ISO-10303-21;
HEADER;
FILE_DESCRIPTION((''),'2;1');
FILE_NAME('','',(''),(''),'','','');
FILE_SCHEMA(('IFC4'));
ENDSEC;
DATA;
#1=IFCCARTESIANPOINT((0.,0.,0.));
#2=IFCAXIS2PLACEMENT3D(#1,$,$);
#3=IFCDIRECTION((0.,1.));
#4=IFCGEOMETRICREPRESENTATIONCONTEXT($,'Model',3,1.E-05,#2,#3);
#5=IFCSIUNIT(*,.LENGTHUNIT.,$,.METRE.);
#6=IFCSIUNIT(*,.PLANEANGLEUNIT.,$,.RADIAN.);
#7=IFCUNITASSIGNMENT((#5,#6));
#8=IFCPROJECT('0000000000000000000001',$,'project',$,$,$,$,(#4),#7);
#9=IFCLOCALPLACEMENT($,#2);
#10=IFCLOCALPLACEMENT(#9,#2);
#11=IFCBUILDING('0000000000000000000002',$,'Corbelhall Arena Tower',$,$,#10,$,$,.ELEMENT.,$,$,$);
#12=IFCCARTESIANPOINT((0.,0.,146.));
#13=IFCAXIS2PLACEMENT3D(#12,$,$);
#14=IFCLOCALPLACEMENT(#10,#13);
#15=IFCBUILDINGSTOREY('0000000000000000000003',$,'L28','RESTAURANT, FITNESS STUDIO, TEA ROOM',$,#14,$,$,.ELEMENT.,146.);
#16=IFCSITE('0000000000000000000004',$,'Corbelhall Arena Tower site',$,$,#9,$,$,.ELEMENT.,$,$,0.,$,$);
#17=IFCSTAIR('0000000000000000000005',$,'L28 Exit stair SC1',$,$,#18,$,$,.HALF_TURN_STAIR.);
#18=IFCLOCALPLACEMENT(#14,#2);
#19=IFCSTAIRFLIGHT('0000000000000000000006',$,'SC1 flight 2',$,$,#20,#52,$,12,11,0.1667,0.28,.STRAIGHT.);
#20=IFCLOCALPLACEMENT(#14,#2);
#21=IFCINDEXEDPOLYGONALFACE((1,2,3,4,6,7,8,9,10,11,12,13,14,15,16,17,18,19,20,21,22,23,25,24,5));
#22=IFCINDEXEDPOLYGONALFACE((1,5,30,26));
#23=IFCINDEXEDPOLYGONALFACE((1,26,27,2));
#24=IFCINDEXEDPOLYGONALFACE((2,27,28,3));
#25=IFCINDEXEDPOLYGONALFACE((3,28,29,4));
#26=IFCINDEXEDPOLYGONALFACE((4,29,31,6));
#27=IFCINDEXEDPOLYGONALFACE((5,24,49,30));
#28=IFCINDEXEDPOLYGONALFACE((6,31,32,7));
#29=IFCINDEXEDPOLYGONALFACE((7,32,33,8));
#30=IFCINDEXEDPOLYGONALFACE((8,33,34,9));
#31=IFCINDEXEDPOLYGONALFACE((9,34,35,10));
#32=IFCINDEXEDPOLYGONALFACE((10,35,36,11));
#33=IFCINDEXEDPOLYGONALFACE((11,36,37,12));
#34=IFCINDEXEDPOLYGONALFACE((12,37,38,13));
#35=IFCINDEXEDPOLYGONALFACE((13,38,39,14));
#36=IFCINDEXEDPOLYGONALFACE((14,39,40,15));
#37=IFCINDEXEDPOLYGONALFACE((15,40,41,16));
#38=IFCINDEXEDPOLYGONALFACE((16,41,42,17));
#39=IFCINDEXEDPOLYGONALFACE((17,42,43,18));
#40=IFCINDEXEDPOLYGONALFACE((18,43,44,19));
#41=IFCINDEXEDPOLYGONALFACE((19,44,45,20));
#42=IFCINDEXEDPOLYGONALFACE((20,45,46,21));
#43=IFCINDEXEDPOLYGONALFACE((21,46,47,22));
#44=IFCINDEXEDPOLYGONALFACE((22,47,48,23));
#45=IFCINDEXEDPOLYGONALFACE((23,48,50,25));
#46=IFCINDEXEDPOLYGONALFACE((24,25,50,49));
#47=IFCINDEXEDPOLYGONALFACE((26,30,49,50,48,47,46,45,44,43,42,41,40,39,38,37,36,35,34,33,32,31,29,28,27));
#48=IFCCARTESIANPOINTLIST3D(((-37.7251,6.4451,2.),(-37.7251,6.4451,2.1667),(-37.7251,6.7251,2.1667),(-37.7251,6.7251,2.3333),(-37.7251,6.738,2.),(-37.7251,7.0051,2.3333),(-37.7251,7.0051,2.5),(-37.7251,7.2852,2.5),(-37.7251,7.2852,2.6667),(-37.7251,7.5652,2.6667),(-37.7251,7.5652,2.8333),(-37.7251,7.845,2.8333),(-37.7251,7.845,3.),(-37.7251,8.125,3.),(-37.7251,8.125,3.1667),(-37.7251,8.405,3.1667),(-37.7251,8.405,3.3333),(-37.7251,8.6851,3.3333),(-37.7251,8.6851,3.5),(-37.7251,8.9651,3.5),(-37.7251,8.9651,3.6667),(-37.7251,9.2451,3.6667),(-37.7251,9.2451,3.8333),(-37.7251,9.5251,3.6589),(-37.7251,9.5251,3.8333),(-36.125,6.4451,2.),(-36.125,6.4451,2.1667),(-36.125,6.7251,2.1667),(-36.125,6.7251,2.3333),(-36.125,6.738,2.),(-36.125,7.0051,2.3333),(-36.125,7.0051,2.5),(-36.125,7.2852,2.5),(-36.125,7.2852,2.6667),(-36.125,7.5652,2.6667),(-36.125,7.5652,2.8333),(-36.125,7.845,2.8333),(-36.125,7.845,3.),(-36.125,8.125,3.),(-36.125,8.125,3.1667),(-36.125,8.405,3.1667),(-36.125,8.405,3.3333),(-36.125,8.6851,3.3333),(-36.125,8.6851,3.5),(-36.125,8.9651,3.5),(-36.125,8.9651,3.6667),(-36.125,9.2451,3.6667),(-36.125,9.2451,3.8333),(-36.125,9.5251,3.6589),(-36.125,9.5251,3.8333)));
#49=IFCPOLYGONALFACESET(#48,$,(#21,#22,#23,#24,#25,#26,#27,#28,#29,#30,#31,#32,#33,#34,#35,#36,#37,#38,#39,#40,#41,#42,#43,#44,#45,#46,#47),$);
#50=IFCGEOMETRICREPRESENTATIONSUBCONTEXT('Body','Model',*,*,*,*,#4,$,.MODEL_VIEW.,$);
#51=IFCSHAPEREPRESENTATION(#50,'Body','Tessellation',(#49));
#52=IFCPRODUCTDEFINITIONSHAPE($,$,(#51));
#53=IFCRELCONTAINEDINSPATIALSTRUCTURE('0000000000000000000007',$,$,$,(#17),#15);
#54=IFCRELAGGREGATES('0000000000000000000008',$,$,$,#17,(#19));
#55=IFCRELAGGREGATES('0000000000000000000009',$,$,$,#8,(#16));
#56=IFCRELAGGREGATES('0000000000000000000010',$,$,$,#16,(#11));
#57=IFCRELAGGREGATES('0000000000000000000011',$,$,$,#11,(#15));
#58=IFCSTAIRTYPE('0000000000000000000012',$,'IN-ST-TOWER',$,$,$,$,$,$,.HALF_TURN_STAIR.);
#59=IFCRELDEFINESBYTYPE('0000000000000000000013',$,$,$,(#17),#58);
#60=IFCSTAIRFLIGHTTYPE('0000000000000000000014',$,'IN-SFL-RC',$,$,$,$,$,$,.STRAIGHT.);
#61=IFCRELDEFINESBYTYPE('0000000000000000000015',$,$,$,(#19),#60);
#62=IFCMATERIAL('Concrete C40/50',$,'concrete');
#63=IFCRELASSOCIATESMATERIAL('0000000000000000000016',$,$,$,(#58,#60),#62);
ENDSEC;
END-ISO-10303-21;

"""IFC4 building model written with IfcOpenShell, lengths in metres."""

from ifc_helpers import new_model, si_unit, direction, frame, origin, place, context, subcontext, project, spatial, polyline, outline, extrude, material, type_object, element, aggregate, save


model = new_model("IFC4")

# Units and contexts
model_context = context("Model", 3, precision=1e-05, world=origin(), true_north=direction((0.0, 1.0)))
body_context = subcontext(model_context, "Body", "Model", "MODEL_VIEW")
ifc_project = project(units=[si_unit("LENGTHUNIT", "METRE"), si_unit("PLANEANGLEUNIT", "RADIAN")], contexts=[model_context])

# Site, building, storey
site_placement = place(None, origin())
site = spatial("IfcSite", under=ifc_project, at=site_placement, Name="Corbelhall Arena Tower site", CompositionType="ELEMENT", RefElevation=0.0)
building_placement = place(site_placement, origin())
building = spatial("IfcBuilding", under=site, at=building_placement, Name="Corbelhall Arena Tower", CompositionType="ELEMENT")
storey_placement = place(building_placement, frame((0.0, 0.0, 146.0)))
storey = spatial("IfcBuildingStorey", under=building, at=storey_placement, Name="L28", Description="RESTAURANT, FITNESS STUDIO, TEA ROOM", CompositionType="ELEMENT", Elevation=146.0)

# Shared definitions
ifc_material_1 = material(Name="Concrete C40/50", Category="concrete")

# Stair, stair flight
stair_type = type_object("IfcStairType", Name="IN-ST-TOWER", PredefinedType="HALF_TURN_STAIR", material=ifc_material_1)
stair_placement = place(storey_placement, origin())
stair = element("IfcStair", 1, at=stair_placement, inside=storey, type_object=stair_type, Name="L28 Exit stair SC1", PredefinedType="HALF_TURN_STAIR")
stair_flight_type = type_object("IfcStairFlightType", Name="IN-SFL-RC", PredefinedType="STRAIGHT", material=ifc_material_1)
stair_flight_1_placement = place(storey_placement, frame((-36.925, 6.4451, 2.0), z_axis=(0.0, 0.0, 1.0), x_axis=(0.0, 1.0, 0.0)))
stair_flight_1 = element("IfcStairFlight", 2, at=stair_flight_1_placement, type_object=stair_flight_type, Name="SC1 flight 2", NumberOfRisers=12, NumberOfTreads=11, PredefinedType="STRAIGHT", RiserHeight=0.1667, TreadLength=0.28, context=body_context, shape_type="SweptSolid", body=[
    extrude(outline(polyline([(0.0, 0.0), (0.0, 0.1667), (0.28, 0.1667), (0.28, 0.3333), (0.5601, 0.3333), (0.5601, 0.5), (0.8401, 0.5), (0.8401, 0.6667), (1.1201, 0.6667), (1.1201, 0.8333), (1.3999, 0.8333), (1.3999, 1.0), (1.6799, 1.0), (1.6799, 1.1667), (1.96, 1.1667), (1.96, 1.3333), (2.24, 1.3333), (2.24, 1.5), (2.52, 1.5), (2.52, 1.6667), (2.8, 1.6667), (2.8, 1.8333), (3.0801, 1.8333), (3.0801, 2.0), (3.0801, 1.6589), (0.293, 0.0), (0.0, 0.0)])), frame((0.0, 0.8, 0.0), z_axis=(0.0, -1.0, 0.0), x_axis=(1.0, 0.0, 0.0)), (0.0, 0.0, 1.0), 1.6001),
])
aggregate(stair, [stair_flight_1])

save(model, "model.ifc")
